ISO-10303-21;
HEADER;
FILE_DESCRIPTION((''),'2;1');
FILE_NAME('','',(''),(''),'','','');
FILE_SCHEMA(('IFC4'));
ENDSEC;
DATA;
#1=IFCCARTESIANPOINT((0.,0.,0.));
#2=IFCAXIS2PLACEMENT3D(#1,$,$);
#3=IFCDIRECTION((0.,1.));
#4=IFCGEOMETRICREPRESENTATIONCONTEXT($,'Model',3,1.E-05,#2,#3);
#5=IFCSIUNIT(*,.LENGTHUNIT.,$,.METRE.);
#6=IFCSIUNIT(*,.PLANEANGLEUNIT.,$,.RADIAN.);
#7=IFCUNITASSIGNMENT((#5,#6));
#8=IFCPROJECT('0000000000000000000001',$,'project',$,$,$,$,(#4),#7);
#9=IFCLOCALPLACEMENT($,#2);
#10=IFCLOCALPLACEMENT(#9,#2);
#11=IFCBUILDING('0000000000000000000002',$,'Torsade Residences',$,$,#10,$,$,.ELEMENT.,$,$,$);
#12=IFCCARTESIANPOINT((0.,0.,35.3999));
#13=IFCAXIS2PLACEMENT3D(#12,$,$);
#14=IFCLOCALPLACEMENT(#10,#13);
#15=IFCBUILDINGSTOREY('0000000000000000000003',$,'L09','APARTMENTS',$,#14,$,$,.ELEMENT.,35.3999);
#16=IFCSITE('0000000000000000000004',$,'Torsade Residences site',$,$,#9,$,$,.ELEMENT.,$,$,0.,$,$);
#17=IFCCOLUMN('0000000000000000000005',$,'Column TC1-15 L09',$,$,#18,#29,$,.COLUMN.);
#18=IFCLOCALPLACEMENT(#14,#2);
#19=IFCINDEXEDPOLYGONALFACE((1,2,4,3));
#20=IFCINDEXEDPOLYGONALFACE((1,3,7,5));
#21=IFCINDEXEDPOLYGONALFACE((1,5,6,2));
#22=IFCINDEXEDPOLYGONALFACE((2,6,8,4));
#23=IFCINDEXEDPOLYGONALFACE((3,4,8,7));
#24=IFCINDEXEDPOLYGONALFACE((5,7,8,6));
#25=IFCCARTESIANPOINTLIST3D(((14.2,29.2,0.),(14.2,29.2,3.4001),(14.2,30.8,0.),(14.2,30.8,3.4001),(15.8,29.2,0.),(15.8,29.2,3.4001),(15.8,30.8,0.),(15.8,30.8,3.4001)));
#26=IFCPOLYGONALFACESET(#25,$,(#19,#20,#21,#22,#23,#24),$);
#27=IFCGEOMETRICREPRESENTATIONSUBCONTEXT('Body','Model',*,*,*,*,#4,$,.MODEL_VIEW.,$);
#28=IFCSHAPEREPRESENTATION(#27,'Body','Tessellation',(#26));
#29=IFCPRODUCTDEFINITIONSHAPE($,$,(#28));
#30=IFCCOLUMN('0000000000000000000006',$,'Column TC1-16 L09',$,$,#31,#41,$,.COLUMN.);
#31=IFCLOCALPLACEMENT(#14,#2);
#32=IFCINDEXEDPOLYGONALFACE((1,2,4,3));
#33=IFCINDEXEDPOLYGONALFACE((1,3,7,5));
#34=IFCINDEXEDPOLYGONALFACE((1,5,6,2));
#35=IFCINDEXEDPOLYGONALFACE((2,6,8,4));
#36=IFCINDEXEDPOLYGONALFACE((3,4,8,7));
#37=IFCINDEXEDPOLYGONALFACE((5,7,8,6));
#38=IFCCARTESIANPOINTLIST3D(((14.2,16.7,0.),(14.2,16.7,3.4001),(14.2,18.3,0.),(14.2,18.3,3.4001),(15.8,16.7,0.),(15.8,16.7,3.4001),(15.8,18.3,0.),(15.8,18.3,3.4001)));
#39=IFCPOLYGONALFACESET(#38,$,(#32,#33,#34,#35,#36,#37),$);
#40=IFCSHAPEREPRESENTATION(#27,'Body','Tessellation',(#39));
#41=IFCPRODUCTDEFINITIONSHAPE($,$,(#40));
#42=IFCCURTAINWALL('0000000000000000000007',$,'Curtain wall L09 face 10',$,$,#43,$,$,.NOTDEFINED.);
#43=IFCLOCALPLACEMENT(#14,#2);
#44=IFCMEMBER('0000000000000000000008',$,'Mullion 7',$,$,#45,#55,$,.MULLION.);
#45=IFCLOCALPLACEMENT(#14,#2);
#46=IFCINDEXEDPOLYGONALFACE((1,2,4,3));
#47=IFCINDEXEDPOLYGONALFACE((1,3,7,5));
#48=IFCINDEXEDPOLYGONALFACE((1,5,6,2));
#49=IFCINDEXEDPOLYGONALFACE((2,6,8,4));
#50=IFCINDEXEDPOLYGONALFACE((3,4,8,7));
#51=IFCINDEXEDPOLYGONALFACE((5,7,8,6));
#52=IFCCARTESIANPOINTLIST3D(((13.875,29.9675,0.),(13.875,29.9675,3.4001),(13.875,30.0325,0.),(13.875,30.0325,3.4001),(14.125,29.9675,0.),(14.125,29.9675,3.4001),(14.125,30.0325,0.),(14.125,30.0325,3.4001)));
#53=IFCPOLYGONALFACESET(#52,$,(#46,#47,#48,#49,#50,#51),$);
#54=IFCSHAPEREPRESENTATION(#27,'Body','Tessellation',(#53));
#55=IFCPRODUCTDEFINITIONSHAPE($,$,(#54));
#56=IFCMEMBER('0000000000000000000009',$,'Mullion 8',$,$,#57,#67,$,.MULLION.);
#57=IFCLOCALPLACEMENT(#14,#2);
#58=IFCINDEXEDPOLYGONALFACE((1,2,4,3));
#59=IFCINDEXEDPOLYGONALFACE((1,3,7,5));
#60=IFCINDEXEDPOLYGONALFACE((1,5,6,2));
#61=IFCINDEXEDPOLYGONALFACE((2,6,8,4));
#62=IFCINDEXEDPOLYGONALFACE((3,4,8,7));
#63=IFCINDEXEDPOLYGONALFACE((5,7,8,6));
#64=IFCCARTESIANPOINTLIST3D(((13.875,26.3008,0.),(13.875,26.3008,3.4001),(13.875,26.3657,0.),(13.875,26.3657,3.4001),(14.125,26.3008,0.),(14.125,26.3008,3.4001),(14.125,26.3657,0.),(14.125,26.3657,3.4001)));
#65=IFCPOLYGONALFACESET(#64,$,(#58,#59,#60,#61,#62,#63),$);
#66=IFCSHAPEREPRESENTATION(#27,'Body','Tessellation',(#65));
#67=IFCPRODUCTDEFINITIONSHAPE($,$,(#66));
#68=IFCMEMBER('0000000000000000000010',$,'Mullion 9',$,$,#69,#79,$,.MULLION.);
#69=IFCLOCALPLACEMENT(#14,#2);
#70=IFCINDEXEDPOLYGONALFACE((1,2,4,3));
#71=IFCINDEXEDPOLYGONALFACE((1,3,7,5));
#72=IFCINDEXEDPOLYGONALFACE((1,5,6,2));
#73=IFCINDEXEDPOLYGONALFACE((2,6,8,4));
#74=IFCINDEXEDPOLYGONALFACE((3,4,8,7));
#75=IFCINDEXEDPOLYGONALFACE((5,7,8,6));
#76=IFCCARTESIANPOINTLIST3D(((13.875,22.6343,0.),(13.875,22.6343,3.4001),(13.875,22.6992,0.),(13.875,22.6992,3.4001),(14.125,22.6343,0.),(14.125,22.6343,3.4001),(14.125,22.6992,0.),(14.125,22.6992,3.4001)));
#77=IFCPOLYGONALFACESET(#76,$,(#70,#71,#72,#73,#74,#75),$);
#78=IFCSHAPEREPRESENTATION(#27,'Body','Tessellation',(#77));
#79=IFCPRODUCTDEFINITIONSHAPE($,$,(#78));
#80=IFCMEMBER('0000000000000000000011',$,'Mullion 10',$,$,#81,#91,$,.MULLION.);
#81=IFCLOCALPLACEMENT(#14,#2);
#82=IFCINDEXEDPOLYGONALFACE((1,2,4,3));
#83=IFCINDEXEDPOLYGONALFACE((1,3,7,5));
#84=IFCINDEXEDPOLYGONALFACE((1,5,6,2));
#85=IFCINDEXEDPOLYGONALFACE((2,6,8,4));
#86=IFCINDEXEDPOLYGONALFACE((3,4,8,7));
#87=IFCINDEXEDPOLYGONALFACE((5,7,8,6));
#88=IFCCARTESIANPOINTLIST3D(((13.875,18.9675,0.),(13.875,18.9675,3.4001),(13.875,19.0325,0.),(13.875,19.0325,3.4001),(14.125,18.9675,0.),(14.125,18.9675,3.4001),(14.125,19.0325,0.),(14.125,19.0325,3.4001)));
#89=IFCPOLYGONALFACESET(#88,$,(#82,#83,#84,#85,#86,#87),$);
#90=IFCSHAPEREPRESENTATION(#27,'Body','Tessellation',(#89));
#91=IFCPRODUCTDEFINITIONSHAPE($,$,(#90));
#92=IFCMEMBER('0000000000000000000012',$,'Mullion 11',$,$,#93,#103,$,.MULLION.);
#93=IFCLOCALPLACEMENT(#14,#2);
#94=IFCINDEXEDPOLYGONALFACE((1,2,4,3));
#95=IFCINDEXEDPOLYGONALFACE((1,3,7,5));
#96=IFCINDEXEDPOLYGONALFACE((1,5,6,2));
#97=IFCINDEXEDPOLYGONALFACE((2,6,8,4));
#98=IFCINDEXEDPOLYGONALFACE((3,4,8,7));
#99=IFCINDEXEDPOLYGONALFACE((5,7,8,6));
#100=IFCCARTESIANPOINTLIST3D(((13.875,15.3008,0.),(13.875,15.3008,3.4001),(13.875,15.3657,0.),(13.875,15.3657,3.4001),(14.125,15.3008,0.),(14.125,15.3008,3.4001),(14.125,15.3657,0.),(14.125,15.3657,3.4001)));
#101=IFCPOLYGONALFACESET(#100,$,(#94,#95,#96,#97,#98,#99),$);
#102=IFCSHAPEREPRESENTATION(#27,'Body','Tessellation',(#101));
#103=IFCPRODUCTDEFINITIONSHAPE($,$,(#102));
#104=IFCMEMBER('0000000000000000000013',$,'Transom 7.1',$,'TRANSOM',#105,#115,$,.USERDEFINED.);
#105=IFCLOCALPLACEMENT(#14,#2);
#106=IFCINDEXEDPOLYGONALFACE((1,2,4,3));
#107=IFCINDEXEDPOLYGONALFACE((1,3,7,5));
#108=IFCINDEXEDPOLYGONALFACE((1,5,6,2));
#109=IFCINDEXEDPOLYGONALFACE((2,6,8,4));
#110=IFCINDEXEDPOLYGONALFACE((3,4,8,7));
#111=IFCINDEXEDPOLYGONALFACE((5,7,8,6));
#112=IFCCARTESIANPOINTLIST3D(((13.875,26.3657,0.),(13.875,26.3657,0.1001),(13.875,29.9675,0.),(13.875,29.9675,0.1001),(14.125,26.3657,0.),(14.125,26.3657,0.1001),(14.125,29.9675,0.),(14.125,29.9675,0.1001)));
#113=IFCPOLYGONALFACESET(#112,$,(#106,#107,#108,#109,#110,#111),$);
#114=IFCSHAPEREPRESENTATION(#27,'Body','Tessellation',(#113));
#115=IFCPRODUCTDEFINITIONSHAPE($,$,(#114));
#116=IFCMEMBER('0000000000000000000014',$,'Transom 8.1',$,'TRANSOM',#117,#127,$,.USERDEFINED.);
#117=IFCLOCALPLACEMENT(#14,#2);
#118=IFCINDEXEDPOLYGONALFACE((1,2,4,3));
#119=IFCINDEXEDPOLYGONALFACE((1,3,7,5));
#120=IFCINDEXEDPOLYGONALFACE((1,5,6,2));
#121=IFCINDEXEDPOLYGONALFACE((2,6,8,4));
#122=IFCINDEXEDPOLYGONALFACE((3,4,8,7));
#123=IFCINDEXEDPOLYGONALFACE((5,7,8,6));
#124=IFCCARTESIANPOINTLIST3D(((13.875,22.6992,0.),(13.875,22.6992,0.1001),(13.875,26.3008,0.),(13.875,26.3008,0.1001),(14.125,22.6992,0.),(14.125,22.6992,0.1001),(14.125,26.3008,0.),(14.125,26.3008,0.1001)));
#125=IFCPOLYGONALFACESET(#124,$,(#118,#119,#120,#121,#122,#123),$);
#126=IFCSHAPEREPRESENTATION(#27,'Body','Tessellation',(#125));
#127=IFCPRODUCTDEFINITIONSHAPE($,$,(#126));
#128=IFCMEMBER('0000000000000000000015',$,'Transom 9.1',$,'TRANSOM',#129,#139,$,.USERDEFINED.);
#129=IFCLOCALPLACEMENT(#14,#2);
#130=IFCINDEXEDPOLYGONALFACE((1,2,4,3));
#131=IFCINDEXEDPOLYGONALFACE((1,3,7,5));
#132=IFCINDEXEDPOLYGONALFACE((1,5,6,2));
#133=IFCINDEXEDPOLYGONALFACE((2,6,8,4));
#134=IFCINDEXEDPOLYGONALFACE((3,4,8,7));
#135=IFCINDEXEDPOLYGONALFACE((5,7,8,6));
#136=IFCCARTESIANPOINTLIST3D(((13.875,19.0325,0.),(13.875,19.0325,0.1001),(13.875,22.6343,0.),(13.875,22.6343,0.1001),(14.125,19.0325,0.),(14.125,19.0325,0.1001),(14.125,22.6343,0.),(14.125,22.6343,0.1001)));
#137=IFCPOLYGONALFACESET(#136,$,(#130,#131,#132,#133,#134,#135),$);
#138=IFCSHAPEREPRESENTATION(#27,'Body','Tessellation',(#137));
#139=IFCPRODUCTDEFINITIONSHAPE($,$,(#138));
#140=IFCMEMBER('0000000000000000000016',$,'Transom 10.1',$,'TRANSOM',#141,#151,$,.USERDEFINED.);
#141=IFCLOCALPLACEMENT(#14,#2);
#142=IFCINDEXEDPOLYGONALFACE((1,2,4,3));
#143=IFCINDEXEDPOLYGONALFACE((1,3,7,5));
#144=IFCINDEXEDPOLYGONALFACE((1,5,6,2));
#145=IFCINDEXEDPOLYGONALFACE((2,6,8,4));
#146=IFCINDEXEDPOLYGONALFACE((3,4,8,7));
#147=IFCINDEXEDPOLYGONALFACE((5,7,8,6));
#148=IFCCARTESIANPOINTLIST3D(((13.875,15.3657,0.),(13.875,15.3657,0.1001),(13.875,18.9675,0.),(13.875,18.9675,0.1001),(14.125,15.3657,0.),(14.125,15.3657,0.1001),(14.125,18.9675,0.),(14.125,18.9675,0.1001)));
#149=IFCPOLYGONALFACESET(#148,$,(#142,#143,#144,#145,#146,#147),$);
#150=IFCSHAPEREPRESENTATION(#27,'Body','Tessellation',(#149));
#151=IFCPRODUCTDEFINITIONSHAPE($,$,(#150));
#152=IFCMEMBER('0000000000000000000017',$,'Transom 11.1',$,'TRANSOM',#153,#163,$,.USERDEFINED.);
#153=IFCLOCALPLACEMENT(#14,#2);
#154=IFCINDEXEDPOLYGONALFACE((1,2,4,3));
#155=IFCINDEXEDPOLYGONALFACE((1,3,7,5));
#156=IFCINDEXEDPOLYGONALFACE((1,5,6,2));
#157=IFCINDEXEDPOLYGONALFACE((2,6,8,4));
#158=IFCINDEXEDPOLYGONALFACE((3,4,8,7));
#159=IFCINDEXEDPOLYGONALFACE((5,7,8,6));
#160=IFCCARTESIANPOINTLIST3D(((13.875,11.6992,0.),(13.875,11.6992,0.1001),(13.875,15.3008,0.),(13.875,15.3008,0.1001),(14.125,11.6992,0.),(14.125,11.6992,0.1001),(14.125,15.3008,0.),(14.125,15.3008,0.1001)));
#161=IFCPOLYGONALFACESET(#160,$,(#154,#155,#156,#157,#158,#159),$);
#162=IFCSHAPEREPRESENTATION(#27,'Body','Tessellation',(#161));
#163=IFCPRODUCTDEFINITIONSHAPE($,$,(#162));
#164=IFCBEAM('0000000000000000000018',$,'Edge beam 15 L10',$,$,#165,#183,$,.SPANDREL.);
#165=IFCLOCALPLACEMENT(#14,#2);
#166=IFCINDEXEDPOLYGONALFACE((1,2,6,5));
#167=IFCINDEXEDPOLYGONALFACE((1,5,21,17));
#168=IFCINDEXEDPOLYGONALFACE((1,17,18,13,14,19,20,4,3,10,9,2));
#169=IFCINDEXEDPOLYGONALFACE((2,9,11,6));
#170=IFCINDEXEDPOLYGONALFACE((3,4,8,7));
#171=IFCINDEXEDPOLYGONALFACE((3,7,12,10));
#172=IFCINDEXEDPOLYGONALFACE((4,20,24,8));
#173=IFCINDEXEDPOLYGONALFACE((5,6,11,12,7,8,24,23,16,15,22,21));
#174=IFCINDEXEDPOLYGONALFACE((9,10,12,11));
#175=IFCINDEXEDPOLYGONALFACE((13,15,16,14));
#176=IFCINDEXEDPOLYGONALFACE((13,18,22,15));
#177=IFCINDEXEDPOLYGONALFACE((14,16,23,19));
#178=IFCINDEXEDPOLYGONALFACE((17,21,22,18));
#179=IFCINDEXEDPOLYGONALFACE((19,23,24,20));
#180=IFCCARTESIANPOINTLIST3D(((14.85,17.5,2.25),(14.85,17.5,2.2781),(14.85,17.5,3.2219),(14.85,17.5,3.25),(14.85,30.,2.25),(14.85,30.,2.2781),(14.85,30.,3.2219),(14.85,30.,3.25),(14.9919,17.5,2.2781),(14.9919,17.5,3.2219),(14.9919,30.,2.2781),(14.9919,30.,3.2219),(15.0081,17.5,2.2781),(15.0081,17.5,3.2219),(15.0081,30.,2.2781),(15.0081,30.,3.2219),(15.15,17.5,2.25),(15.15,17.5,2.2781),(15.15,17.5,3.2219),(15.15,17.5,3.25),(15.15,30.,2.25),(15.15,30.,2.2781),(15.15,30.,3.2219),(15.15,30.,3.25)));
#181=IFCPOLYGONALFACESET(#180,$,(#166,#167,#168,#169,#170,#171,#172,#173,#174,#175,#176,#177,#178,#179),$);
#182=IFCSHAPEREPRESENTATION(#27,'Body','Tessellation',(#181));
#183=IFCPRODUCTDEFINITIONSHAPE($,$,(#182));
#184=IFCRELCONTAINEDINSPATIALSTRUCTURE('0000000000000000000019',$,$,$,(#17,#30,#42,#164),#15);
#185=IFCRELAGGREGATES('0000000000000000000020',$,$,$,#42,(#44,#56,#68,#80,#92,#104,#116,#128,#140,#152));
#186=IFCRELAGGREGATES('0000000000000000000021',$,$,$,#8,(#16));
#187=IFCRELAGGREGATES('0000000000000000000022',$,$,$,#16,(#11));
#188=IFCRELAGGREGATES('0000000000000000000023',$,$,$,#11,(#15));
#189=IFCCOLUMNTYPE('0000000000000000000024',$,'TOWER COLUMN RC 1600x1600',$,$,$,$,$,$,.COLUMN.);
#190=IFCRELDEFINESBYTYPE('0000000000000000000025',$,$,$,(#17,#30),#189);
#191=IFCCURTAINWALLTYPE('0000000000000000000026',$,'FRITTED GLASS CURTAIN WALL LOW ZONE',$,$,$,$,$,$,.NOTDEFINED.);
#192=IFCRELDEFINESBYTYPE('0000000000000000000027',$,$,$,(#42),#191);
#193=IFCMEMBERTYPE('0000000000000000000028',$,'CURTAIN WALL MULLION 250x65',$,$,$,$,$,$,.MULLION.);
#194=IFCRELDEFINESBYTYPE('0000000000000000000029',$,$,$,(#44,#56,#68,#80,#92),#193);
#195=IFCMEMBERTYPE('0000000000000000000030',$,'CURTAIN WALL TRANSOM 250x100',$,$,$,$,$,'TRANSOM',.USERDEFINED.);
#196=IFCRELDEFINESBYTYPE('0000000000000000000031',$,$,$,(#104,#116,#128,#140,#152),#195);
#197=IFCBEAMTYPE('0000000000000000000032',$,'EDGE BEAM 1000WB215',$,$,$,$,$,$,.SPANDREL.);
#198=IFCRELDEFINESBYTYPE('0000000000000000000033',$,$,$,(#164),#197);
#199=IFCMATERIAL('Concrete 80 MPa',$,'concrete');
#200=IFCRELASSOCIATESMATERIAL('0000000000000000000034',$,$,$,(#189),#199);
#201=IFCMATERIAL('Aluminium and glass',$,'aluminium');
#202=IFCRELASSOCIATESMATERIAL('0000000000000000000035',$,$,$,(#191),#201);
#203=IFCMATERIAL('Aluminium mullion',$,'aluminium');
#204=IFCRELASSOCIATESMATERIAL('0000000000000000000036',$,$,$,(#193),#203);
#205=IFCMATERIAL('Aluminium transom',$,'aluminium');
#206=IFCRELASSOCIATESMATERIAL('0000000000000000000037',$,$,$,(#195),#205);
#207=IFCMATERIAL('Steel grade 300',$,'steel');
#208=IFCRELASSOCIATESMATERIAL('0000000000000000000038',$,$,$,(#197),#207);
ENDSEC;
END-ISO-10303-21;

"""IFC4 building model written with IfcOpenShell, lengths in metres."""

from ifc_helpers import new_model, si_unit, direction, frame, origin, origin_2d, place, context, subcontext, project, spatial, rectangle, i_section, extrude, material, material_profile, profile_set, type_object, element, aggregate, save


model = new_model("IFC4")

# Units and contexts
model_context = context("Model", 3, precision=1e-05, world=origin(), true_north=direction((0.0, 1.0)))
body_context = subcontext(model_context, "Body", "Model", "MODEL_VIEW")
ifc_project = project(units=[si_unit("LENGTHUNIT", "METRE"), si_unit("PLANEANGLEUNIT", "RADIAN")], contexts=[model_context])

# Site, building, storey
site_placement = place(None, origin())
site = spatial("IfcSite", under=ifc_project, at=site_placement, Name="Torsade Residences site", CompositionType="ELEMENT", RefElevation=0.0)
building_placement = place(site_placement, origin())
building = spatial("IfcBuilding", under=site, at=building_placement, Name="Torsade Residences", CompositionType="ELEMENT")
storey_placement = place(building_placement, frame((0.0, 0.0, 35.3999)))
storey = spatial("IfcBuildingStorey", under=building, at=storey_placement, Name="L09", Description="APARTMENTS", CompositionType="ELEMENT", Elevation=35.3999)

# Columns
ifc_material_1 = material(Name="Concrete 80 MPa", Category="concrete")
ifc_material_profile_1 = material_profile(ifc_material_1, rectangle(XDim=1.6001, YDim=1.6001, at=origin_2d()), Name="RC 1600x1600")
ifc_profile_set_1 = profile_set([ifc_material_profile_1], Name="Concrete 80 MPa")
column_type = type_object("IfcColumnType", Name="TOWER COLUMN RC 1600x1600", PredefinedType="COLUMN", material=ifc_profile_set_1)
for number, where, z_axis, x_axis, name in (
    (1, (15.0, 30.0, 0.0), (0.0, 0.0, 1.0), (1.0, 0.0, 0.0), "Column TC1-15 L09"),
    (2, (15.0, 17.5, 0.0), (0.0, 0.0, 1.0), (1.0, 0.0, 0.0), "Column TC1-16 L09"),
):
    element("IfcColumn", number, at=place(storey_placement, frame(where, z_axis=z_axis, x_axis=x_axis)), inside=storey, type_object=column_type, Name=name, PredefinedType="COLUMN", context=body_context, shape_type="SweptSolid", body=[
        extrude(rectangle(XDim=1.6001, YDim=1.6001, at=origin_2d()), origin(), (0.0, 0.0, 1.0), 3.4001),
    ])

# Curtain wall, members
ifc_material_2 = material(Name="Aluminium and glass", Category="aluminium")
curtain_wall_type = type_object("IfcCurtainWallType", Name="FRITTED GLASS CURTAIN WALL LOW ZONE", PredefinedType="NOTDEFINED", material=ifc_material_2)
curtain_wall_placement = place(storey_placement, origin())
curtain_wall = element("IfcCurtainWall", 3, at=curtain_wall_placement, inside=storey, type_object=curtain_wall_type, Name="Curtain wall L09 face 10", PredefinedType="NOTDEFINED")
ifc_material_3 = material(Name="Aluminium mullion", Category="aluminium")
ifc_material_profile_2 = material_profile(ifc_material_3, rectangle(XDim=0.25, YDim=0.0649, at=origin_2d()), Name="CURTAIN WALL MULLION 250x65")
ifc_profile_set_2 = profile_set([ifc_material_profile_2], Name="Aluminium mullion")
member_type_1 = type_object("IfcMemberType", Name="CURTAIN WALL MULLION 250x65", PredefinedType="MULLION", material=ifc_profile_set_2)
member_1_placement = place(storey_placement, frame((14.0, 30.0, 0.0), z_axis=(0.0, 0.0, 1.0), x_axis=(1.0, 0.0, 0.0)))
member_1 = element("IfcMember", 4, at=member_1_placement, type_object=member_type_1, Name="Mullion 7", PredefinedType="MULLION", context=body_context, shape_type="SweptSolid", body=[
    extrude(rectangle(XDim=0.25, YDim=0.0649, at=origin_2d()), origin(), (0.0, 0.0, 1.0), 3.4001),
])
member_2_placement = place(storey_placement, frame((14.0, 26.3333, 0.0), z_axis=(0.0, 0.0, 1.0), x_axis=(1.0, 0.0, 0.0)))
member_2 = element("IfcMember", 5, at=member_2_placement, type_object=member_type_1, Name="Mullion 8", PredefinedType="MULLION", context=body_context, shape_type="SweptSolid", body=[
    extrude(rectangle(XDim=0.25, YDim=0.0649, at=origin_2d()), origin(), (0.0, 0.0, 1.0), 3.4001),
])
member_3_placement = place(storey_placement, frame((14.0, 22.6667, 0.0), z_axis=(0.0, 0.0, 1.0), x_axis=(1.0, 0.0, 0.0)))
member_3 = element("IfcMember", 6, at=member_3_placement, type_object=member_type_1, Name="Mullion 9", PredefinedType="MULLION", context=body_context, shape_type="SweptSolid", body=[
    extrude(rectangle(XDim=0.25, YDim=0.0649, at=origin_2d()), origin(), (0.0, 0.0, 1.0), 3.4001),
])
member_4_placement = place(storey_placement, frame((14.0, 19.0, 0.0), z_axis=(0.0, 0.0, 1.0), x_axis=(1.0, 0.0, 0.0)))
member_4 = element("IfcMember", 7, at=member_4_placement, type_object=member_type_1, Name="Mullion 10", PredefinedType="MULLION", context=body_context, shape_type="SweptSolid", body=[
    extrude(rectangle(XDim=0.25, YDim=0.0649, at=origin_2d()), origin(), (0.0, 0.0, 1.0), 3.4001),
])
member_5_placement = place(storey_placement, frame((14.0, 15.3333, 0.0), z_axis=(0.0, 0.0, 1.0), x_axis=(1.0, 0.0, 0.0)))
member_5 = element("IfcMember", 8, at=member_5_placement, type_object=member_type_1, Name="Mullion 11", PredefinedType="MULLION", context=body_context, shape_type="SweptSolid", body=[
    extrude(rectangle(XDim=0.25, YDim=0.0649, at=origin_2d()), origin(), (0.0, 0.0, 1.0), 3.4001),
])
ifc_material_4 = material(Name="Aluminium transom", Category="aluminium")
ifc_material_profile_3 = material_profile(ifc_material_4, rectangle(XDim=0.25, YDim=0.1001, at=origin_2d()), Name="CURTAIN WALL TRANSOM 250x100")
ifc_profile_set_3 = profile_set([ifc_material_profile_3], Name="Aluminium transom")
member_type_2 = type_object("IfcMemberType", Name="CURTAIN WALL TRANSOM 250x100", ElementType="TRANSOM", PredefinedType="USERDEFINED", material=ifc_profile_set_3)
member_6_placement = place(storey_placement, frame((14.0, 29.9675, 0.05), z_axis=(0.0, -1.0, 0.0), x_axis=(1.0, 0.0, 0.0)))
member_6 = element("IfcMember", 9, at=member_6_placement, type_object=member_type_2, Name="Transom 7.1", ObjectType="TRANSOM", PredefinedType="USERDEFINED", context=body_context, shape_type="SweptSolid", body=[
    extrude(rectangle(XDim=0.25, YDim=0.1001, at=origin_2d()), origin(), (0.0, 0.0, 1.0), 3.6018),
])
member_7_placement = place(storey_placement, frame((14.0, 26.3008, 0.05), z_axis=(0.0, -1.0, 0.0), x_axis=(1.0, 0.0, 0.0)))
member_7 = element("IfcMember", 10, at=member_7_placement, type_object=member_type_2, Name="Transom 8.1", ObjectType="TRANSOM", PredefinedType="USERDEFINED", context=body_context, shape_type="SweptSolid", body=[
    extrude(rectangle(XDim=0.25, YDim=0.1001, at=origin_2d()), origin(), (0.0, 0.0, 1.0), 3.6016),
])
member_8_placement = place(storey_placement, frame((14.0, 22.6343, 0.05), z_axis=(0.0, -1.0, 0.0), x_axis=(1.0, 0.0, 0.0)))
member_8 = element("IfcMember", 11, at=member_8_placement, type_object=member_type_2, Name="Transom 9.1", ObjectType="TRANSOM", PredefinedType="USERDEFINED", context=body_context, shape_type="SweptSolid", body=[
    extrude(rectangle(XDim=0.25, YDim=0.1001, at=origin_2d()), origin(), (0.0, 0.0, 1.0), 3.6018),
])
member_9_placement = place(storey_placement, frame((14.0, 18.9675, 0.05), z_axis=(0.0, -1.0, 0.0), x_axis=(1.0, 0.0, 0.0)))
member_9 = element("IfcMember", 12, at=member_9_placement, type_object=member_type_2, Name="Transom 10.1", ObjectType="TRANSOM", PredefinedType="USERDEFINED", context=body_context, shape_type="SweptSolid", body=[
    extrude(rectangle(XDim=0.25, YDim=0.1001, at=origin_2d()), origin(), (0.0, 0.0, 1.0), 3.6018),
])
member_10_placement = place(storey_placement, frame((14.0, 15.3008, 0.05), z_axis=(0.0, -1.0, 0.0), x_axis=(1.0, 0.0, 0.0)))
member_10 = element("IfcMember", 13, at=member_10_placement, type_object=member_type_2, Name="Transom 11.1", ObjectType="TRANSOM", PredefinedType="USERDEFINED", context=body_context, shape_type="SweptSolid", body=[
    extrude(rectangle(XDim=0.25, YDim=0.1001, at=origin_2d()), origin(), (0.0, 0.0, 1.0), 3.6016),
])

# Beam
ifc_material_5 = material(Name="Steel grade 300", Category="steel")
ifc_material_profile_4 = material_profile(ifc_material_5, i_section(OverallWidth=0.3, OverallDepth=1.0, WebThickness=0.0161, FlangeThickness=0.0281, at=origin_2d()), Name="1000WB215")
ifc_profile_set_4 = profile_set([ifc_material_profile_4], Name="Steel grade 300")
beam_type_1 = type_object("IfcBeamType", Name="EDGE BEAM 1000WB215", PredefinedType="SPANDREL", material=ifc_profile_set_4)
for number, where, z_axis, x_axis, name in (
    (14, (15.0, 30.0, 2.75), (0.0, -1.0, 0.0), (1.0, 0.0, 0.0), "Edge beam 15 L10"),
):
    element("IfcBeam", number, at=place(storey_placement, frame(where, z_axis=z_axis, x_axis=x_axis)), inside=storey, type_object=beam_type_1, Name=name, PredefinedType="SPANDREL", context=body_context, shape_type="SweptSolid", body=[
        extrude(i_section(OverallWidth=0.3, OverallDepth=1.0, WebThickness=0.0161, FlangeThickness=0.0281, at=origin_2d()), origin(), (0.0, 0.0, 1.0), 12.5),
    ])

aggregate(curtain_wall, [member_1, member_2, member_3, member_4, member_5, member_6, member_7, member_8, member_9, member_10])

save(model, "model.ifc")
